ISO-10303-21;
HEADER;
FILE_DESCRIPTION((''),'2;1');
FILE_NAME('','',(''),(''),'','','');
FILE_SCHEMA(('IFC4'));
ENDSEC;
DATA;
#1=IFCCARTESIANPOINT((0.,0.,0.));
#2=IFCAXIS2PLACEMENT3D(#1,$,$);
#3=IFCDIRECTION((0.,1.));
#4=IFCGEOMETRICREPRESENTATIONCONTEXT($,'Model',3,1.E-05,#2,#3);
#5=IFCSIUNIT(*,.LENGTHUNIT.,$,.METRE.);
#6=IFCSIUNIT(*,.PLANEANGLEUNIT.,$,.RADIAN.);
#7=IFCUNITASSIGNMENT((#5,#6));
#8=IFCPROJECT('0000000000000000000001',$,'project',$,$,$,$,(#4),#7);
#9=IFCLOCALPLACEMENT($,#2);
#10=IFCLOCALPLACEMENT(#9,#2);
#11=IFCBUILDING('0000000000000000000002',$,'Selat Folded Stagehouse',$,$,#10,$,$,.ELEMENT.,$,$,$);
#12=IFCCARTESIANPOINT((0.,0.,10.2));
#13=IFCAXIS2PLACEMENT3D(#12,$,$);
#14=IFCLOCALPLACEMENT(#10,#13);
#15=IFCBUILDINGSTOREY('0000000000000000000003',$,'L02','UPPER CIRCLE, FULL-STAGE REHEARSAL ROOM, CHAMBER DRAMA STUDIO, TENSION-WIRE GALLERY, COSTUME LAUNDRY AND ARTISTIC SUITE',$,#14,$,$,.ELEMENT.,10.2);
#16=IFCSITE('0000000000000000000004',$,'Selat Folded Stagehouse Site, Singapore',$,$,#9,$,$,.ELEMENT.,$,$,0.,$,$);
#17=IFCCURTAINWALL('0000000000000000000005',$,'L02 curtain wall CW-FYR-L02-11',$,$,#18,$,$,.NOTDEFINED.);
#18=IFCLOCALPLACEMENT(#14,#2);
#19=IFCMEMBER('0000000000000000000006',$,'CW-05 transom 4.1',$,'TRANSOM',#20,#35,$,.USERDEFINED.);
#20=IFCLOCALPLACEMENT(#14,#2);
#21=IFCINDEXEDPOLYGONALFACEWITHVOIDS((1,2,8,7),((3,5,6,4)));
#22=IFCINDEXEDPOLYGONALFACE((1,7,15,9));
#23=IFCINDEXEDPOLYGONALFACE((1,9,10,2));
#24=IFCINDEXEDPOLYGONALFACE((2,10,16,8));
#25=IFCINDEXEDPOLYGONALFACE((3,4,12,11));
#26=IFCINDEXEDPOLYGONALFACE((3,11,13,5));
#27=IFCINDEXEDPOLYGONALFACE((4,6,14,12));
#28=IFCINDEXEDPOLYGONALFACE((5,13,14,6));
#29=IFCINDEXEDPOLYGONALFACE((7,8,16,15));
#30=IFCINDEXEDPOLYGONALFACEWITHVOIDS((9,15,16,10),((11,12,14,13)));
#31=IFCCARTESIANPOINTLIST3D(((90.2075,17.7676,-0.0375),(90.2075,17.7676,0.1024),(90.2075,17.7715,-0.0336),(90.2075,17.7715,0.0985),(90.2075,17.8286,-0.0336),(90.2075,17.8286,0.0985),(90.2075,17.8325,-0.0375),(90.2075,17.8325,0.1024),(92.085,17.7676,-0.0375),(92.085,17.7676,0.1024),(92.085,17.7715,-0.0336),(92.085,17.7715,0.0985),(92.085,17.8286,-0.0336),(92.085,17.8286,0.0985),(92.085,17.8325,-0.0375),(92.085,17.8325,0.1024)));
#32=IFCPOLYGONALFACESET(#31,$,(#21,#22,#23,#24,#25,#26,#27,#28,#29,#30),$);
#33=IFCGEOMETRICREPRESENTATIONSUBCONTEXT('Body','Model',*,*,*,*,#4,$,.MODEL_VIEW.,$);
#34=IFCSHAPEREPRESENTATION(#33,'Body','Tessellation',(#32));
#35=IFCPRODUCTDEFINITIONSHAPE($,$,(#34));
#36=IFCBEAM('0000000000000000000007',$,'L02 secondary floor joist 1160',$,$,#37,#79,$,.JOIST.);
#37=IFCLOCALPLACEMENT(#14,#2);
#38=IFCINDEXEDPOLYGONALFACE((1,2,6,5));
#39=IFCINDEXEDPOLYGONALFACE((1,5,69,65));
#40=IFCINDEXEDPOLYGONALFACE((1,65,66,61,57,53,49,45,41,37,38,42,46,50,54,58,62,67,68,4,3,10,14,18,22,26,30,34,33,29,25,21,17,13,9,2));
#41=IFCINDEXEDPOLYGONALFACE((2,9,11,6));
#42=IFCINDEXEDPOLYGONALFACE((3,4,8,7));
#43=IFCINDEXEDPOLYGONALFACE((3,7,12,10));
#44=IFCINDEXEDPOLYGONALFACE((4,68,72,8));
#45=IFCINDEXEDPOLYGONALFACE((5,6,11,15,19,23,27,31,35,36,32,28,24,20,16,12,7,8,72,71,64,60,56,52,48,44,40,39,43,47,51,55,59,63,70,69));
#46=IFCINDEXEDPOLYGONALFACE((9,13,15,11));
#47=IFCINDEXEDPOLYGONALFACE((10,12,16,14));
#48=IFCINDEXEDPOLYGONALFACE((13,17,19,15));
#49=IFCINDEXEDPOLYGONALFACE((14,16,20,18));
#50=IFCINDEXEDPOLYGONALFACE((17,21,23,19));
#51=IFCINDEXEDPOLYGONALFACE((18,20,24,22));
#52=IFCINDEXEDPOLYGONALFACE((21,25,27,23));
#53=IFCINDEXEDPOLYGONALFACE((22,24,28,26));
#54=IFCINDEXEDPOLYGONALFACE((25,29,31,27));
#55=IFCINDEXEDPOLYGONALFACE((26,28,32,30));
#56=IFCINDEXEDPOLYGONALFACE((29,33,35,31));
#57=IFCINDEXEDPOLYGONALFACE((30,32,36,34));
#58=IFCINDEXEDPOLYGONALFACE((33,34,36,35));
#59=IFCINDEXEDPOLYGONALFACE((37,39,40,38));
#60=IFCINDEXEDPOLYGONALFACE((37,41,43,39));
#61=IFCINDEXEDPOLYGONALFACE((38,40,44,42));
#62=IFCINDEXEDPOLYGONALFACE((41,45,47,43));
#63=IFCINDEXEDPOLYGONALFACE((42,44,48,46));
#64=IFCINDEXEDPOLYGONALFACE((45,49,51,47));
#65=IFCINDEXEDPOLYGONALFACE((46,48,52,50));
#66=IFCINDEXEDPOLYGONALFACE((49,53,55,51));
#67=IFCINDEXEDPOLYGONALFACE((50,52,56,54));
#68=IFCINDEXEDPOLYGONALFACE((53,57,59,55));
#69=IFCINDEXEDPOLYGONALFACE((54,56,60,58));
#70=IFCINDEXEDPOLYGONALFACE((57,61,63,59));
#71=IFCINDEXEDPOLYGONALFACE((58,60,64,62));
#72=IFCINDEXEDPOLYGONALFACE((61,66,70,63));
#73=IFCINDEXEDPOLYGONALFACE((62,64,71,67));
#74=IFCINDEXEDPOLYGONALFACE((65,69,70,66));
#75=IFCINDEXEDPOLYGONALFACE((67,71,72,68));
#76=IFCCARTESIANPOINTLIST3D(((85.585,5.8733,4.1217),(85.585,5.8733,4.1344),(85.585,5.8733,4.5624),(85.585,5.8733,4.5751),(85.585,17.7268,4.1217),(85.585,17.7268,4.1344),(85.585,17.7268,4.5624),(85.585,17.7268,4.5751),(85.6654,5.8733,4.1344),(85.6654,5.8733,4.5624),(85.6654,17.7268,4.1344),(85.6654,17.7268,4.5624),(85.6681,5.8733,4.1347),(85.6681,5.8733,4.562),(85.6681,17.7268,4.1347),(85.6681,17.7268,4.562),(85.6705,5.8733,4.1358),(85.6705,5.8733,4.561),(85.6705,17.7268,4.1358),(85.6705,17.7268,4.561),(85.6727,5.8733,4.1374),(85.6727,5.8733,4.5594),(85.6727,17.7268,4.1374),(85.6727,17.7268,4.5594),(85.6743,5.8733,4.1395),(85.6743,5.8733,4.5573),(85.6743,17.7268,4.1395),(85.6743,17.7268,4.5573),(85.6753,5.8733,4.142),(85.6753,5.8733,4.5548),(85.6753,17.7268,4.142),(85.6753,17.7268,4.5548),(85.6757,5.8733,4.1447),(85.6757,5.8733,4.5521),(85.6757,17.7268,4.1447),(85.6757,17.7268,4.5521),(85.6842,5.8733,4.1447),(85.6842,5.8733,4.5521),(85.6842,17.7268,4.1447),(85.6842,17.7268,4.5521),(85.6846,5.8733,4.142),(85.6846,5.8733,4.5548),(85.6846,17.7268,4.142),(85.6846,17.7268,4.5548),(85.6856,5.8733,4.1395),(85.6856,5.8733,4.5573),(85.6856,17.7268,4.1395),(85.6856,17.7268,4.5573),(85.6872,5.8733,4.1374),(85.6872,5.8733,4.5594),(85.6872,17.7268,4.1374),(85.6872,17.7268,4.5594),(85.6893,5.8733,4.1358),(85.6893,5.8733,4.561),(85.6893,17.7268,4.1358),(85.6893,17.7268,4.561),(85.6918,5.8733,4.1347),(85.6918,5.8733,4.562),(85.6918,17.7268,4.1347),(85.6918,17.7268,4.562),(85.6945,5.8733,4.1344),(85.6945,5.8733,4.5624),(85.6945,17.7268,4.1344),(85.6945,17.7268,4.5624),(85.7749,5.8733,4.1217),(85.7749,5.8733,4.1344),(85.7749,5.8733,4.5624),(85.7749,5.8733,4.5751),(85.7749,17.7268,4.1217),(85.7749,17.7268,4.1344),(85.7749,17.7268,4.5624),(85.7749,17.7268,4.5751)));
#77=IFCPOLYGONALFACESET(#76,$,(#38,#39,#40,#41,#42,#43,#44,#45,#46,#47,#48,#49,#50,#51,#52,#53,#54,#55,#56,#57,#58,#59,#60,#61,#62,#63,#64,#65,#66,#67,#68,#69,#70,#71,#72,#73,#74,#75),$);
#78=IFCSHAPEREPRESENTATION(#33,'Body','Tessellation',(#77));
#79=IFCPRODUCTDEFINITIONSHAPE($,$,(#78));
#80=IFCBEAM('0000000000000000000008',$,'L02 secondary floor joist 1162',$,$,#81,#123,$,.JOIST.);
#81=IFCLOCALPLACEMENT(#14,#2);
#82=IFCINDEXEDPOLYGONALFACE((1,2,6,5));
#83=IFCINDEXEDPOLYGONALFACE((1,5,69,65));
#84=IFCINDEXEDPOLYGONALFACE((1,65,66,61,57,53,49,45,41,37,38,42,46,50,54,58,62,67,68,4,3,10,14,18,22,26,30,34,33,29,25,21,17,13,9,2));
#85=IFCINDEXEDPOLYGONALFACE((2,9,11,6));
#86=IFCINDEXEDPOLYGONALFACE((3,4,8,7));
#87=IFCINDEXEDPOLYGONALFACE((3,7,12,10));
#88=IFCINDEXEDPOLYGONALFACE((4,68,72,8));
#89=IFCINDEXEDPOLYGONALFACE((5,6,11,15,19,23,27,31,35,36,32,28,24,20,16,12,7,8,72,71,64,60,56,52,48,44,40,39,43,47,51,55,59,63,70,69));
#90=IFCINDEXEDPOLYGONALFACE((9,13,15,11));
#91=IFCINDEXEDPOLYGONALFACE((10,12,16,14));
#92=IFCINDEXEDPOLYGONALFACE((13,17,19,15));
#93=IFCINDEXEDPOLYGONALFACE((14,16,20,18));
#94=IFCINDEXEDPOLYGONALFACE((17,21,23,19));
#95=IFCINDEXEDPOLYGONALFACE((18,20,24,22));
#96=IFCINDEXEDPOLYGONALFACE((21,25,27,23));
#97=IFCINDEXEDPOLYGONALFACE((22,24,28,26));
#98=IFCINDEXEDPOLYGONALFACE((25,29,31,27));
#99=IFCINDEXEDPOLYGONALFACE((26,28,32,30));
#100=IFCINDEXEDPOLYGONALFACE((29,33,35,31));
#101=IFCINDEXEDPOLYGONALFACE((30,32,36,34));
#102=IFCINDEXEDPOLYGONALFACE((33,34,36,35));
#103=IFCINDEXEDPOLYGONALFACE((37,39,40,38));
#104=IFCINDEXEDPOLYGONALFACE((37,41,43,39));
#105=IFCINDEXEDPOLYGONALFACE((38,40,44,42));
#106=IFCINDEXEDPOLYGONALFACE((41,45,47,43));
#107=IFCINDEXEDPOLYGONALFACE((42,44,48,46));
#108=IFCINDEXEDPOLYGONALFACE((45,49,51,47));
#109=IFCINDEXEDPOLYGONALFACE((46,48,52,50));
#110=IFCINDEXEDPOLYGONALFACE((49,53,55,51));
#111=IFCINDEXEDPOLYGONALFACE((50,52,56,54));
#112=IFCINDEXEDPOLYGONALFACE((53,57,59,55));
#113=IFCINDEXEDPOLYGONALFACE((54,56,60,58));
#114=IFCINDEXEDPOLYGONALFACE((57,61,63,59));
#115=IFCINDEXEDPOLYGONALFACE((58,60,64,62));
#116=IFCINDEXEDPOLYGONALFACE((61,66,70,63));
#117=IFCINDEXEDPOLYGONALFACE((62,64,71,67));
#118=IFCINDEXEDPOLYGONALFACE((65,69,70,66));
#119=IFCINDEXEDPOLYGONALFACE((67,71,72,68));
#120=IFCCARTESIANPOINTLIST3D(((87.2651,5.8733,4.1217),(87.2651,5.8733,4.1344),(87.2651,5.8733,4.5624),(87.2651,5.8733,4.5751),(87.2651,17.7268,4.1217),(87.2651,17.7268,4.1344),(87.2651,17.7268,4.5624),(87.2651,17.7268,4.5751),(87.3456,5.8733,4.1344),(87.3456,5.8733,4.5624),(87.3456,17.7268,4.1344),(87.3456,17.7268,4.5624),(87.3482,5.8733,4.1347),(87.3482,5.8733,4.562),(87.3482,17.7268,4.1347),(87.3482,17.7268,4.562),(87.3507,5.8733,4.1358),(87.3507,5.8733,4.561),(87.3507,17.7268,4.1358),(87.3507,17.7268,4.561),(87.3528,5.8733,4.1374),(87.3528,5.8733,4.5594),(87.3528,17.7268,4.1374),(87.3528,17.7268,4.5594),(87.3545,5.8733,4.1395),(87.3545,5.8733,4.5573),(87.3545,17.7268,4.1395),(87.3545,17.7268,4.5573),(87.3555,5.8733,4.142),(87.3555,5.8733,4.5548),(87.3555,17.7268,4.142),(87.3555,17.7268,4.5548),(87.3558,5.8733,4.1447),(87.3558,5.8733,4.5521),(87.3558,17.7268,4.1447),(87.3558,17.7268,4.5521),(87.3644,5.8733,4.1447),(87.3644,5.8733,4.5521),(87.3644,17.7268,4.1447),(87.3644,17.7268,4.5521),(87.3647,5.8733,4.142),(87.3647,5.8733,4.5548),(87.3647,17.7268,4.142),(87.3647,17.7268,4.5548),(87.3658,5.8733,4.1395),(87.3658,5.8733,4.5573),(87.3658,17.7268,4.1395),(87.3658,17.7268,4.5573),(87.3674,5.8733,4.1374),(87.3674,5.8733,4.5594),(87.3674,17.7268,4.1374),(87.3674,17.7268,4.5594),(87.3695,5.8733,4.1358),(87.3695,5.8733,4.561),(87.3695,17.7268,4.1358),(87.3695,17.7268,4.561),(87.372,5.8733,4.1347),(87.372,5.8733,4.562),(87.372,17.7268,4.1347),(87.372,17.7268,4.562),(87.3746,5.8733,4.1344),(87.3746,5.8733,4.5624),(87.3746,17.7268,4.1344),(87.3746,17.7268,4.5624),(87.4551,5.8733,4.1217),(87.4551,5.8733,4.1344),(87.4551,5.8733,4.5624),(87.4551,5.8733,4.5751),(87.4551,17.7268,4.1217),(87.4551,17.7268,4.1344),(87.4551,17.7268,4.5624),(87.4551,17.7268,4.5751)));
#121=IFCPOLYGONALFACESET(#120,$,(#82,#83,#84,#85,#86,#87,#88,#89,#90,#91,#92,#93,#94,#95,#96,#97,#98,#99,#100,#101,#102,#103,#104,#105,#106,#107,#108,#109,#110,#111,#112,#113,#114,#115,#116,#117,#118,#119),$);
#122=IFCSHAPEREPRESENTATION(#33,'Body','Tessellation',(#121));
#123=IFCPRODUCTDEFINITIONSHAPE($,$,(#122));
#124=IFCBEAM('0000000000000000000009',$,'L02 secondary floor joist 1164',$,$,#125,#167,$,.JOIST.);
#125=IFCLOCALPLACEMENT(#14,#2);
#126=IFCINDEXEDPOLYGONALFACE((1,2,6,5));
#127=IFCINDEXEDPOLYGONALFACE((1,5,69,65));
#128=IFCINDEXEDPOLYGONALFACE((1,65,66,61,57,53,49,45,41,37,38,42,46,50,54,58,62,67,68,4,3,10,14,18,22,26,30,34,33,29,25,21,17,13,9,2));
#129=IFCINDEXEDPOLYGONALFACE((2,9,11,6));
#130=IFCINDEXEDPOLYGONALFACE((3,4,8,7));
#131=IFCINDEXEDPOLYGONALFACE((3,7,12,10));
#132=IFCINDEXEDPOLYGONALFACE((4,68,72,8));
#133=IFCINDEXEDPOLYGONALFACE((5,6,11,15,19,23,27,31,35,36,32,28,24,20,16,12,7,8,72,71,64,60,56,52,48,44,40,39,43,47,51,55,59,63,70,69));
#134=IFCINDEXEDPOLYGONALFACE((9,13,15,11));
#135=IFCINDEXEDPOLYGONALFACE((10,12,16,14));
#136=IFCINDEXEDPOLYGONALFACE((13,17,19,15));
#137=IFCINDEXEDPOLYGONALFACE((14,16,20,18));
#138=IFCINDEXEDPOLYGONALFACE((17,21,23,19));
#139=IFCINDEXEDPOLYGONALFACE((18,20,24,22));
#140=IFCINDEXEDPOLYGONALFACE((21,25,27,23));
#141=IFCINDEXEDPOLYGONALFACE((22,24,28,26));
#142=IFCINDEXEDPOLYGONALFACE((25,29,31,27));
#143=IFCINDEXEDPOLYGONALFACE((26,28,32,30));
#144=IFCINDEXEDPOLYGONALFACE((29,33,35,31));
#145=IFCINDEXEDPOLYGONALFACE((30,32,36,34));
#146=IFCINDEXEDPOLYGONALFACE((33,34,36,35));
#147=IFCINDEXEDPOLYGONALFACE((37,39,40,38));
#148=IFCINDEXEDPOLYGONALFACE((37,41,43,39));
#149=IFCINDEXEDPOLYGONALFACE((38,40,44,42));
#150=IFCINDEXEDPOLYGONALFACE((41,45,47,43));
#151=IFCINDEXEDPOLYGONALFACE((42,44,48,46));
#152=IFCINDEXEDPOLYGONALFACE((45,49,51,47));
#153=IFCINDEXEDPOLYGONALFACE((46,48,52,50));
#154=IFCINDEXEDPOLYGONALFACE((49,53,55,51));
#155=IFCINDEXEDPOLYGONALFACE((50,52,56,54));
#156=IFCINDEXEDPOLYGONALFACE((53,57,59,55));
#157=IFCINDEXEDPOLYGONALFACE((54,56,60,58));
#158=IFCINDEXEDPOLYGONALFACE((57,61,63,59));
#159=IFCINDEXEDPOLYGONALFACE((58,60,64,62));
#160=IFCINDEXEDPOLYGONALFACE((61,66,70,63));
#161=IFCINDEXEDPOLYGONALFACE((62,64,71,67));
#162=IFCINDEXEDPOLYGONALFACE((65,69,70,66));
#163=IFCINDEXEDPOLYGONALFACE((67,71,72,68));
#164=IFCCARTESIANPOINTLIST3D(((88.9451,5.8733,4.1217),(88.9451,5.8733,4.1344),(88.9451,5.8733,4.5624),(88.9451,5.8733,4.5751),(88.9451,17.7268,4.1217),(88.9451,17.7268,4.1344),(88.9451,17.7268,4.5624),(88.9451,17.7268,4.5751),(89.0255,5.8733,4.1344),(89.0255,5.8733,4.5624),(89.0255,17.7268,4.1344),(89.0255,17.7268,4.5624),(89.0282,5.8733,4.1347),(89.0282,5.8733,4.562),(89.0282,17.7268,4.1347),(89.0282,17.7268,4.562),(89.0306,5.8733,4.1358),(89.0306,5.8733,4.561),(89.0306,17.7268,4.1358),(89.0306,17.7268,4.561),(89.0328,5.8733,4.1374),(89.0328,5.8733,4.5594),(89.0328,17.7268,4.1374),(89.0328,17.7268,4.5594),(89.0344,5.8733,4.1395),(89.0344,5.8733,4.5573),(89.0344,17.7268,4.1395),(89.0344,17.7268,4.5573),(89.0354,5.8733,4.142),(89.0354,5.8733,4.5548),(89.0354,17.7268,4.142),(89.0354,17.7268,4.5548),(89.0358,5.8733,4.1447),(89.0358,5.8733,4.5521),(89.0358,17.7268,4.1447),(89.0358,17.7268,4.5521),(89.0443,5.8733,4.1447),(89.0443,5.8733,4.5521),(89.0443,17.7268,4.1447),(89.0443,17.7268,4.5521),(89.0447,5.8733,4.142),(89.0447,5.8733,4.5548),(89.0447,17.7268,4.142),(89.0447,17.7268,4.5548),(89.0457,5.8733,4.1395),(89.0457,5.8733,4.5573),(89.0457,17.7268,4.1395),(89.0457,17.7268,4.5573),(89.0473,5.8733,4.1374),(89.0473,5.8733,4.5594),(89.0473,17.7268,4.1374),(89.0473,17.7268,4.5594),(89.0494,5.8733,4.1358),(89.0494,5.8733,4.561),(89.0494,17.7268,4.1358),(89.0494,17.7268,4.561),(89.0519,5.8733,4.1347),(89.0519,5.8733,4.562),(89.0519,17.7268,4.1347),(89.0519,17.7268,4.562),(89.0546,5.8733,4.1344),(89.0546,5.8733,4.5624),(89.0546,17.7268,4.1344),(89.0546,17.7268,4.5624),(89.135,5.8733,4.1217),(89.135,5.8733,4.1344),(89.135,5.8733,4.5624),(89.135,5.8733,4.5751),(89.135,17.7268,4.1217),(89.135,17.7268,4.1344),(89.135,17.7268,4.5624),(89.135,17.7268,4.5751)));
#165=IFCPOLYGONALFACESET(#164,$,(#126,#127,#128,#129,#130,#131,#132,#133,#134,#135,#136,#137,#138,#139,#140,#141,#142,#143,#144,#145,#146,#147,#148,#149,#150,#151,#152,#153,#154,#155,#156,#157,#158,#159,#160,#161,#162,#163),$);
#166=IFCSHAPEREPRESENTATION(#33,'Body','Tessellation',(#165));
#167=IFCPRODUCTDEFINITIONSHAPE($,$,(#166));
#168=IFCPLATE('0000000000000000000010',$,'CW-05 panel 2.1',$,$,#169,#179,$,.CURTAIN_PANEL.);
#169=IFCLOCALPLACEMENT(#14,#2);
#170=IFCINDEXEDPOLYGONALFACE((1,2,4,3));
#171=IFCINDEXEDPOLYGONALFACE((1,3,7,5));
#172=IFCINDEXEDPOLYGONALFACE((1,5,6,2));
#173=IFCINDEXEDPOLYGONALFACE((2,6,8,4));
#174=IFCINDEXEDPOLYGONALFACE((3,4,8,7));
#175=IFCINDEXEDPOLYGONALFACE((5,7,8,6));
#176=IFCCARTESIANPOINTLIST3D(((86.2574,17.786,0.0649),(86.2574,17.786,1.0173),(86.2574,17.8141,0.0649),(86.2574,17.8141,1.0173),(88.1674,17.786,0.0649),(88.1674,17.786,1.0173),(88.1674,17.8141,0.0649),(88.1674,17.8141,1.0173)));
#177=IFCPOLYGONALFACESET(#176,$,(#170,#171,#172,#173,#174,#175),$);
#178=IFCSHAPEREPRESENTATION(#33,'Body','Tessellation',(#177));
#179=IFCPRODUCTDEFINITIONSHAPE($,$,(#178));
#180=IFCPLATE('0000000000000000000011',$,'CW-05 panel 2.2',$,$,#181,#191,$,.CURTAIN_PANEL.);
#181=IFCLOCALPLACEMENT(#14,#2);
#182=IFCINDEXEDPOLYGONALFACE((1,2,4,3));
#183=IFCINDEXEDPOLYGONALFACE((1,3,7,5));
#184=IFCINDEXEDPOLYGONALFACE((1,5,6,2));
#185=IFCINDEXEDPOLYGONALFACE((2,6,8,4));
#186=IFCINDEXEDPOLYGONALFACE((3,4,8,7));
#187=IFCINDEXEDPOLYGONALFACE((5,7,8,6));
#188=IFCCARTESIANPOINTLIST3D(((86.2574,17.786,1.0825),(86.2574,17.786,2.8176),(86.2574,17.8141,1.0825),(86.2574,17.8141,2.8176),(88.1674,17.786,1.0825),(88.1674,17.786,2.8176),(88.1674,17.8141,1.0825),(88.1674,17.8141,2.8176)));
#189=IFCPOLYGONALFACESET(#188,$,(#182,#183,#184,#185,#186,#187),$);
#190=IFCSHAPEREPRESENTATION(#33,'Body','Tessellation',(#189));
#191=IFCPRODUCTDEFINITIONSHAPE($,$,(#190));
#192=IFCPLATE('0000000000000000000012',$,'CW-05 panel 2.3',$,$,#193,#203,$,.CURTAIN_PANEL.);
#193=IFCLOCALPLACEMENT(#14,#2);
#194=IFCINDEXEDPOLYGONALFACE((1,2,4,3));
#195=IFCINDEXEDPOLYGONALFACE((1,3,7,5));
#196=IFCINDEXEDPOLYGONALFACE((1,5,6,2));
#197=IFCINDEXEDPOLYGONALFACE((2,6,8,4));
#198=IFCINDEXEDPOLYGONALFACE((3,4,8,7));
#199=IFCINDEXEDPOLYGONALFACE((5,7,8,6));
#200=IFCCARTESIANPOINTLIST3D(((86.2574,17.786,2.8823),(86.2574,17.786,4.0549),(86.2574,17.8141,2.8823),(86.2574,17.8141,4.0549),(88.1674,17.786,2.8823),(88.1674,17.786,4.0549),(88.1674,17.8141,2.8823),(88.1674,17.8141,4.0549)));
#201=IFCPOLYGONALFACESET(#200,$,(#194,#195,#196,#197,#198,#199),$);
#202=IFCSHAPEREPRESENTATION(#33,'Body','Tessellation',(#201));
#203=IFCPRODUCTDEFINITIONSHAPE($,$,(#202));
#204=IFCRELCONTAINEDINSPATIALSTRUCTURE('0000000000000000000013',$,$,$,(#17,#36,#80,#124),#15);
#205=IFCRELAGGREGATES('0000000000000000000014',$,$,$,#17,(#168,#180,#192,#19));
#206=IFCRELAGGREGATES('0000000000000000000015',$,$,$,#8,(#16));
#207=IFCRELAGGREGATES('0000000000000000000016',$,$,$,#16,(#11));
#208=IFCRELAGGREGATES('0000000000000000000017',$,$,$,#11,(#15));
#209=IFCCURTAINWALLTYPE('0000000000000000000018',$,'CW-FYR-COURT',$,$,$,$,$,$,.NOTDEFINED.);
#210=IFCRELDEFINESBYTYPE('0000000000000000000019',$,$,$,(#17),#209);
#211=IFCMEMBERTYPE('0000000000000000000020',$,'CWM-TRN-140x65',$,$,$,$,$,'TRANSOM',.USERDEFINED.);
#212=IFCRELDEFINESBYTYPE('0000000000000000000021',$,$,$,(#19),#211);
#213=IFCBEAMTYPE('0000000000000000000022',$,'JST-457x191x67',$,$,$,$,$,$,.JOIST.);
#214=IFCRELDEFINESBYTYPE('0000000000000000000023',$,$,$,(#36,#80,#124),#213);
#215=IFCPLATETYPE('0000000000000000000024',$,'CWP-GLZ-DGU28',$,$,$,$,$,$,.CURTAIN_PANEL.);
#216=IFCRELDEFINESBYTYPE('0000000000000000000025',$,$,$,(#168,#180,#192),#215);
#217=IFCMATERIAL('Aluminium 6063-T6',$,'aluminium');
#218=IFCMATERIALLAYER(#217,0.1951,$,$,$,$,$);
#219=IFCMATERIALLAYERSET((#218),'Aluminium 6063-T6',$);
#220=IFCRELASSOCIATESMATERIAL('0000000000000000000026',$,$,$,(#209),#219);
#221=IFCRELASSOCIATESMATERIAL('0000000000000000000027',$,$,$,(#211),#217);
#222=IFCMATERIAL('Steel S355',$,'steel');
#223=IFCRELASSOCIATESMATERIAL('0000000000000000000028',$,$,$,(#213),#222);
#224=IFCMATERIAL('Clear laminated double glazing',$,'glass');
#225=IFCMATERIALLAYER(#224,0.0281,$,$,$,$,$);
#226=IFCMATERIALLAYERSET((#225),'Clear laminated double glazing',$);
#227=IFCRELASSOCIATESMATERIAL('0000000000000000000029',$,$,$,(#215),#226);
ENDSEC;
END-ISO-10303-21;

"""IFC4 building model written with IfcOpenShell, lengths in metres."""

from ifc_helpers import new_model, si_unit, direction, frame, origin, origin_2d, place, context, subcontext, project, spatial, rectangle, hollow_rectangle, i_section, extrude, material, layer, layer_set, material_profile, profile_set, type_object, element, aggregate, save


model = new_model("IFC4")

# Units and contexts
model_context = context("Model", 3, precision=1e-05, world=origin(), true_north=direction((0.0, 1.0)))
body_context = subcontext(model_context, "Body", "Model", "MODEL_VIEW")
ifc_project = project(units=[si_unit("LENGTHUNIT", "METRE"), si_unit("PLANEANGLEUNIT", "RADIAN")], contexts=[model_context])

# Site, building, storey
site_placement = place(None, origin())
site = spatial("IfcSite", under=ifc_project, at=site_placement, Name="Selat Folded Stagehouse Site, Singapore", CompositionType="ELEMENT", RefElevation=0.0)
building_placement = place(site_placement, origin())
building = spatial("IfcBuilding", under=site, at=building_placement, Name="Selat Folded Stagehouse", CompositionType="ELEMENT")
storey_placement = place(building_placement, frame((0.0, 0.0, 10.2)))
storey = spatial("IfcBuildingStorey", under=building, at=storey_placement, Name="L02", Description="UPPER CIRCLE, FULL-STAGE REHEARSAL ROOM, CHAMBER DRAMA STUDIO, TENSION-WIRE GALLERY, COSTUME LAUNDRY AND ARTISTIC SUITE", CompositionType="ELEMENT", Elevation=10.2)

# Curtain wall, member
ifc_material_1 = material(Name="Aluminium 6063-T6", Category="aluminium")
ifc_layer_1 = layer(ifc_material_1, 0.1951)
ifc_layer_set_1 = layer_set([ifc_layer_1], Name="Aluminium 6063-T6")
curtain_wall_type = type_object("IfcCurtainWallType", Name="CW-FYR-COURT", PredefinedType="NOTDEFINED", material=ifc_layer_set_1)
curtain_wall_placement = place(storey_placement, origin())
curtain_wall = element("IfcCurtainWall", 1, at=curtain_wall_placement, inside=storey, type_object=curtain_wall_type, Name="L02 curtain wall CW-FYR-L02-11", PredefinedType="NOTDEFINED")
ifc_material_profile_1 = material_profile(ifc_material_1, hollow_rectangle(XDim=0.0649, YDim=0.1399, WallThickness=0.0039, at=origin_2d()), Name="ALU 140x65x4.0")
ifc_profile_set_1 = profile_set([ifc_material_profile_1], Name="Aluminium 6063-T6")
member_type_1 = type_object("IfcMemberType", Name="CWM-TRN-140x65", ElementType="TRANSOM", PredefinedType="USERDEFINED", material=ifc_profile_set_1)
member_1_placement = place(storey_placement, frame((90.2075, 17.8, 0.0325), z_axis=(1.0, 0.0, 0.0), x_axis=(0.0, 1.0, 0.0)))
member_1 = element("IfcMember", 2, at=member_1_placement, type_object=member_type_1, Name="CW-05 transom 4.1", ObjectType="TRANSOM", PredefinedType="USERDEFINED", context=body_context, shape_type="SweptSolid", body=[
    extrude(hollow_rectangle(XDim=0.0649, YDim=0.1399, WallThickness=0.0039, at=origin_2d()), origin(), (0.0, 0.0, 1.0), 1.8774),
])

# Beams
ifc_material_2 = material(Name="Steel S355", Category="steel")
ifc_material_profile_2 = material_profile(ifc_material_2, i_section(OverallWidth=0.1899, OverallDepth=0.4534, WebThickness=0.0085, FlangeThickness=0.0127, FilletRadius=0.0103, at=origin_2d()), Name="UKB 457x191x67")
ifc_profile_set_2 = profile_set([ifc_material_profile_2], Name="Steel S355")
beam_type = type_object("IfcBeamType", Name="JST-457x191x67", PredefinedType="JOIST", material=ifc_profile_set_2)
for number, where, z_axis, x_axis, name in (
    (3, (85.6799, 5.8733, 4.3484), (0.0, 1.0, 0.0), (-1.0, 0.0, 0.0), "L02 secondary floor joist 1160"),
    (4, (87.3601, 5.8733, 4.3484), (0.0, 1.0, 0.0), (-1.0, 0.0, 0.0), "L02 secondary floor joist 1162"),
    (5, (89.04, 5.8733, 4.3484), (0.0, 1.0, 0.0), (-1.0, 0.0, 0.0), "L02 secondary floor joist 1164"),
):
    element("IfcBeam", number, at=place(storey_placement, frame(where, z_axis=z_axis, x_axis=x_axis)), inside=storey, type_object=beam_type, Name=name, PredefinedType="JOIST", context=body_context, shape_type="SweptSolid", body=[
        extrude(i_section(OverallWidth=0.1899, OverallDepth=0.4534, WebThickness=0.0085, FlangeThickness=0.0127, FilletRadius=0.0103, at=origin_2d()), origin(), (0.0, 0.0, 1.0), 11.8535),
    ])

# Plates
ifc_material_3 = material(Name="Clear laminated double glazing", Category="glass")
ifc_layer_2 = layer(ifc_material_3, 0.0281)
ifc_layer_set_2 = layer_set([ifc_layer_2], Name="Clear laminated double glazing")
plate_type = type_object("IfcPlateType", Name="CWP-GLZ-DGU28", PredefinedType="CURTAIN_PANEL", material=ifc_layer_set_2)
plate_1_placement = place(storey_placement, frame((87.2124, 17.8, 0.0649), z_axis=(0.0, 0.0, 1.0), x_axis=(1.0, 0.0, 0.0)))
plate_1 = element("IfcPlate", 6, at=plate_1_placement, type_object=plate_type, Name="CW-05 panel 2.1", PredefinedType="CURTAIN_PANEL", context=body_context, shape_type="SweptSolid", body=[
    extrude(rectangle(XDim=1.9099, YDim=0.0281, at=origin_2d()), origin(), (0.0, 0.0, 1.0), 0.9524),
])
plate_2_placement = place(storey_placement, frame((87.2124, 17.8, 1.0825), z_axis=(0.0, 0.0, 1.0), x_axis=(1.0, 0.0, 0.0)))
plate_2 = element("IfcPlate", 7, at=plate_2_placement, type_object=plate_type, Name="CW-05 panel 2.2", PredefinedType="CURTAIN_PANEL", context=body_context, shape_type="SweptSolid", body=[
    extrude(rectangle(XDim=1.9099, YDim=0.0281, at=origin_2d()), origin(), (0.0, 0.0, 1.0), 1.7351),
])
plate_3_placement = place(storey_placement, frame((87.2124, 17.8, 2.8823), z_axis=(0.0, 0.0, 1.0), x_axis=(1.0, 0.0, 0.0)))
plate_3 = element("IfcPlate", 8, at=plate_3_placement, type_object=plate_type, Name="CW-05 panel 2.3", PredefinedType="CURTAIN_PANEL", context=body_context, shape_type="SweptSolid", body=[
    extrude(rectangle(XDim=1.9099, YDim=0.0281, at=origin_2d()), origin(), (0.0, 0.0, 1.0), 1.1726),
])
aggregate(curtain_wall, [plate_1, plate_2, plate_3, member_1])

save(model, "model.ifc")
